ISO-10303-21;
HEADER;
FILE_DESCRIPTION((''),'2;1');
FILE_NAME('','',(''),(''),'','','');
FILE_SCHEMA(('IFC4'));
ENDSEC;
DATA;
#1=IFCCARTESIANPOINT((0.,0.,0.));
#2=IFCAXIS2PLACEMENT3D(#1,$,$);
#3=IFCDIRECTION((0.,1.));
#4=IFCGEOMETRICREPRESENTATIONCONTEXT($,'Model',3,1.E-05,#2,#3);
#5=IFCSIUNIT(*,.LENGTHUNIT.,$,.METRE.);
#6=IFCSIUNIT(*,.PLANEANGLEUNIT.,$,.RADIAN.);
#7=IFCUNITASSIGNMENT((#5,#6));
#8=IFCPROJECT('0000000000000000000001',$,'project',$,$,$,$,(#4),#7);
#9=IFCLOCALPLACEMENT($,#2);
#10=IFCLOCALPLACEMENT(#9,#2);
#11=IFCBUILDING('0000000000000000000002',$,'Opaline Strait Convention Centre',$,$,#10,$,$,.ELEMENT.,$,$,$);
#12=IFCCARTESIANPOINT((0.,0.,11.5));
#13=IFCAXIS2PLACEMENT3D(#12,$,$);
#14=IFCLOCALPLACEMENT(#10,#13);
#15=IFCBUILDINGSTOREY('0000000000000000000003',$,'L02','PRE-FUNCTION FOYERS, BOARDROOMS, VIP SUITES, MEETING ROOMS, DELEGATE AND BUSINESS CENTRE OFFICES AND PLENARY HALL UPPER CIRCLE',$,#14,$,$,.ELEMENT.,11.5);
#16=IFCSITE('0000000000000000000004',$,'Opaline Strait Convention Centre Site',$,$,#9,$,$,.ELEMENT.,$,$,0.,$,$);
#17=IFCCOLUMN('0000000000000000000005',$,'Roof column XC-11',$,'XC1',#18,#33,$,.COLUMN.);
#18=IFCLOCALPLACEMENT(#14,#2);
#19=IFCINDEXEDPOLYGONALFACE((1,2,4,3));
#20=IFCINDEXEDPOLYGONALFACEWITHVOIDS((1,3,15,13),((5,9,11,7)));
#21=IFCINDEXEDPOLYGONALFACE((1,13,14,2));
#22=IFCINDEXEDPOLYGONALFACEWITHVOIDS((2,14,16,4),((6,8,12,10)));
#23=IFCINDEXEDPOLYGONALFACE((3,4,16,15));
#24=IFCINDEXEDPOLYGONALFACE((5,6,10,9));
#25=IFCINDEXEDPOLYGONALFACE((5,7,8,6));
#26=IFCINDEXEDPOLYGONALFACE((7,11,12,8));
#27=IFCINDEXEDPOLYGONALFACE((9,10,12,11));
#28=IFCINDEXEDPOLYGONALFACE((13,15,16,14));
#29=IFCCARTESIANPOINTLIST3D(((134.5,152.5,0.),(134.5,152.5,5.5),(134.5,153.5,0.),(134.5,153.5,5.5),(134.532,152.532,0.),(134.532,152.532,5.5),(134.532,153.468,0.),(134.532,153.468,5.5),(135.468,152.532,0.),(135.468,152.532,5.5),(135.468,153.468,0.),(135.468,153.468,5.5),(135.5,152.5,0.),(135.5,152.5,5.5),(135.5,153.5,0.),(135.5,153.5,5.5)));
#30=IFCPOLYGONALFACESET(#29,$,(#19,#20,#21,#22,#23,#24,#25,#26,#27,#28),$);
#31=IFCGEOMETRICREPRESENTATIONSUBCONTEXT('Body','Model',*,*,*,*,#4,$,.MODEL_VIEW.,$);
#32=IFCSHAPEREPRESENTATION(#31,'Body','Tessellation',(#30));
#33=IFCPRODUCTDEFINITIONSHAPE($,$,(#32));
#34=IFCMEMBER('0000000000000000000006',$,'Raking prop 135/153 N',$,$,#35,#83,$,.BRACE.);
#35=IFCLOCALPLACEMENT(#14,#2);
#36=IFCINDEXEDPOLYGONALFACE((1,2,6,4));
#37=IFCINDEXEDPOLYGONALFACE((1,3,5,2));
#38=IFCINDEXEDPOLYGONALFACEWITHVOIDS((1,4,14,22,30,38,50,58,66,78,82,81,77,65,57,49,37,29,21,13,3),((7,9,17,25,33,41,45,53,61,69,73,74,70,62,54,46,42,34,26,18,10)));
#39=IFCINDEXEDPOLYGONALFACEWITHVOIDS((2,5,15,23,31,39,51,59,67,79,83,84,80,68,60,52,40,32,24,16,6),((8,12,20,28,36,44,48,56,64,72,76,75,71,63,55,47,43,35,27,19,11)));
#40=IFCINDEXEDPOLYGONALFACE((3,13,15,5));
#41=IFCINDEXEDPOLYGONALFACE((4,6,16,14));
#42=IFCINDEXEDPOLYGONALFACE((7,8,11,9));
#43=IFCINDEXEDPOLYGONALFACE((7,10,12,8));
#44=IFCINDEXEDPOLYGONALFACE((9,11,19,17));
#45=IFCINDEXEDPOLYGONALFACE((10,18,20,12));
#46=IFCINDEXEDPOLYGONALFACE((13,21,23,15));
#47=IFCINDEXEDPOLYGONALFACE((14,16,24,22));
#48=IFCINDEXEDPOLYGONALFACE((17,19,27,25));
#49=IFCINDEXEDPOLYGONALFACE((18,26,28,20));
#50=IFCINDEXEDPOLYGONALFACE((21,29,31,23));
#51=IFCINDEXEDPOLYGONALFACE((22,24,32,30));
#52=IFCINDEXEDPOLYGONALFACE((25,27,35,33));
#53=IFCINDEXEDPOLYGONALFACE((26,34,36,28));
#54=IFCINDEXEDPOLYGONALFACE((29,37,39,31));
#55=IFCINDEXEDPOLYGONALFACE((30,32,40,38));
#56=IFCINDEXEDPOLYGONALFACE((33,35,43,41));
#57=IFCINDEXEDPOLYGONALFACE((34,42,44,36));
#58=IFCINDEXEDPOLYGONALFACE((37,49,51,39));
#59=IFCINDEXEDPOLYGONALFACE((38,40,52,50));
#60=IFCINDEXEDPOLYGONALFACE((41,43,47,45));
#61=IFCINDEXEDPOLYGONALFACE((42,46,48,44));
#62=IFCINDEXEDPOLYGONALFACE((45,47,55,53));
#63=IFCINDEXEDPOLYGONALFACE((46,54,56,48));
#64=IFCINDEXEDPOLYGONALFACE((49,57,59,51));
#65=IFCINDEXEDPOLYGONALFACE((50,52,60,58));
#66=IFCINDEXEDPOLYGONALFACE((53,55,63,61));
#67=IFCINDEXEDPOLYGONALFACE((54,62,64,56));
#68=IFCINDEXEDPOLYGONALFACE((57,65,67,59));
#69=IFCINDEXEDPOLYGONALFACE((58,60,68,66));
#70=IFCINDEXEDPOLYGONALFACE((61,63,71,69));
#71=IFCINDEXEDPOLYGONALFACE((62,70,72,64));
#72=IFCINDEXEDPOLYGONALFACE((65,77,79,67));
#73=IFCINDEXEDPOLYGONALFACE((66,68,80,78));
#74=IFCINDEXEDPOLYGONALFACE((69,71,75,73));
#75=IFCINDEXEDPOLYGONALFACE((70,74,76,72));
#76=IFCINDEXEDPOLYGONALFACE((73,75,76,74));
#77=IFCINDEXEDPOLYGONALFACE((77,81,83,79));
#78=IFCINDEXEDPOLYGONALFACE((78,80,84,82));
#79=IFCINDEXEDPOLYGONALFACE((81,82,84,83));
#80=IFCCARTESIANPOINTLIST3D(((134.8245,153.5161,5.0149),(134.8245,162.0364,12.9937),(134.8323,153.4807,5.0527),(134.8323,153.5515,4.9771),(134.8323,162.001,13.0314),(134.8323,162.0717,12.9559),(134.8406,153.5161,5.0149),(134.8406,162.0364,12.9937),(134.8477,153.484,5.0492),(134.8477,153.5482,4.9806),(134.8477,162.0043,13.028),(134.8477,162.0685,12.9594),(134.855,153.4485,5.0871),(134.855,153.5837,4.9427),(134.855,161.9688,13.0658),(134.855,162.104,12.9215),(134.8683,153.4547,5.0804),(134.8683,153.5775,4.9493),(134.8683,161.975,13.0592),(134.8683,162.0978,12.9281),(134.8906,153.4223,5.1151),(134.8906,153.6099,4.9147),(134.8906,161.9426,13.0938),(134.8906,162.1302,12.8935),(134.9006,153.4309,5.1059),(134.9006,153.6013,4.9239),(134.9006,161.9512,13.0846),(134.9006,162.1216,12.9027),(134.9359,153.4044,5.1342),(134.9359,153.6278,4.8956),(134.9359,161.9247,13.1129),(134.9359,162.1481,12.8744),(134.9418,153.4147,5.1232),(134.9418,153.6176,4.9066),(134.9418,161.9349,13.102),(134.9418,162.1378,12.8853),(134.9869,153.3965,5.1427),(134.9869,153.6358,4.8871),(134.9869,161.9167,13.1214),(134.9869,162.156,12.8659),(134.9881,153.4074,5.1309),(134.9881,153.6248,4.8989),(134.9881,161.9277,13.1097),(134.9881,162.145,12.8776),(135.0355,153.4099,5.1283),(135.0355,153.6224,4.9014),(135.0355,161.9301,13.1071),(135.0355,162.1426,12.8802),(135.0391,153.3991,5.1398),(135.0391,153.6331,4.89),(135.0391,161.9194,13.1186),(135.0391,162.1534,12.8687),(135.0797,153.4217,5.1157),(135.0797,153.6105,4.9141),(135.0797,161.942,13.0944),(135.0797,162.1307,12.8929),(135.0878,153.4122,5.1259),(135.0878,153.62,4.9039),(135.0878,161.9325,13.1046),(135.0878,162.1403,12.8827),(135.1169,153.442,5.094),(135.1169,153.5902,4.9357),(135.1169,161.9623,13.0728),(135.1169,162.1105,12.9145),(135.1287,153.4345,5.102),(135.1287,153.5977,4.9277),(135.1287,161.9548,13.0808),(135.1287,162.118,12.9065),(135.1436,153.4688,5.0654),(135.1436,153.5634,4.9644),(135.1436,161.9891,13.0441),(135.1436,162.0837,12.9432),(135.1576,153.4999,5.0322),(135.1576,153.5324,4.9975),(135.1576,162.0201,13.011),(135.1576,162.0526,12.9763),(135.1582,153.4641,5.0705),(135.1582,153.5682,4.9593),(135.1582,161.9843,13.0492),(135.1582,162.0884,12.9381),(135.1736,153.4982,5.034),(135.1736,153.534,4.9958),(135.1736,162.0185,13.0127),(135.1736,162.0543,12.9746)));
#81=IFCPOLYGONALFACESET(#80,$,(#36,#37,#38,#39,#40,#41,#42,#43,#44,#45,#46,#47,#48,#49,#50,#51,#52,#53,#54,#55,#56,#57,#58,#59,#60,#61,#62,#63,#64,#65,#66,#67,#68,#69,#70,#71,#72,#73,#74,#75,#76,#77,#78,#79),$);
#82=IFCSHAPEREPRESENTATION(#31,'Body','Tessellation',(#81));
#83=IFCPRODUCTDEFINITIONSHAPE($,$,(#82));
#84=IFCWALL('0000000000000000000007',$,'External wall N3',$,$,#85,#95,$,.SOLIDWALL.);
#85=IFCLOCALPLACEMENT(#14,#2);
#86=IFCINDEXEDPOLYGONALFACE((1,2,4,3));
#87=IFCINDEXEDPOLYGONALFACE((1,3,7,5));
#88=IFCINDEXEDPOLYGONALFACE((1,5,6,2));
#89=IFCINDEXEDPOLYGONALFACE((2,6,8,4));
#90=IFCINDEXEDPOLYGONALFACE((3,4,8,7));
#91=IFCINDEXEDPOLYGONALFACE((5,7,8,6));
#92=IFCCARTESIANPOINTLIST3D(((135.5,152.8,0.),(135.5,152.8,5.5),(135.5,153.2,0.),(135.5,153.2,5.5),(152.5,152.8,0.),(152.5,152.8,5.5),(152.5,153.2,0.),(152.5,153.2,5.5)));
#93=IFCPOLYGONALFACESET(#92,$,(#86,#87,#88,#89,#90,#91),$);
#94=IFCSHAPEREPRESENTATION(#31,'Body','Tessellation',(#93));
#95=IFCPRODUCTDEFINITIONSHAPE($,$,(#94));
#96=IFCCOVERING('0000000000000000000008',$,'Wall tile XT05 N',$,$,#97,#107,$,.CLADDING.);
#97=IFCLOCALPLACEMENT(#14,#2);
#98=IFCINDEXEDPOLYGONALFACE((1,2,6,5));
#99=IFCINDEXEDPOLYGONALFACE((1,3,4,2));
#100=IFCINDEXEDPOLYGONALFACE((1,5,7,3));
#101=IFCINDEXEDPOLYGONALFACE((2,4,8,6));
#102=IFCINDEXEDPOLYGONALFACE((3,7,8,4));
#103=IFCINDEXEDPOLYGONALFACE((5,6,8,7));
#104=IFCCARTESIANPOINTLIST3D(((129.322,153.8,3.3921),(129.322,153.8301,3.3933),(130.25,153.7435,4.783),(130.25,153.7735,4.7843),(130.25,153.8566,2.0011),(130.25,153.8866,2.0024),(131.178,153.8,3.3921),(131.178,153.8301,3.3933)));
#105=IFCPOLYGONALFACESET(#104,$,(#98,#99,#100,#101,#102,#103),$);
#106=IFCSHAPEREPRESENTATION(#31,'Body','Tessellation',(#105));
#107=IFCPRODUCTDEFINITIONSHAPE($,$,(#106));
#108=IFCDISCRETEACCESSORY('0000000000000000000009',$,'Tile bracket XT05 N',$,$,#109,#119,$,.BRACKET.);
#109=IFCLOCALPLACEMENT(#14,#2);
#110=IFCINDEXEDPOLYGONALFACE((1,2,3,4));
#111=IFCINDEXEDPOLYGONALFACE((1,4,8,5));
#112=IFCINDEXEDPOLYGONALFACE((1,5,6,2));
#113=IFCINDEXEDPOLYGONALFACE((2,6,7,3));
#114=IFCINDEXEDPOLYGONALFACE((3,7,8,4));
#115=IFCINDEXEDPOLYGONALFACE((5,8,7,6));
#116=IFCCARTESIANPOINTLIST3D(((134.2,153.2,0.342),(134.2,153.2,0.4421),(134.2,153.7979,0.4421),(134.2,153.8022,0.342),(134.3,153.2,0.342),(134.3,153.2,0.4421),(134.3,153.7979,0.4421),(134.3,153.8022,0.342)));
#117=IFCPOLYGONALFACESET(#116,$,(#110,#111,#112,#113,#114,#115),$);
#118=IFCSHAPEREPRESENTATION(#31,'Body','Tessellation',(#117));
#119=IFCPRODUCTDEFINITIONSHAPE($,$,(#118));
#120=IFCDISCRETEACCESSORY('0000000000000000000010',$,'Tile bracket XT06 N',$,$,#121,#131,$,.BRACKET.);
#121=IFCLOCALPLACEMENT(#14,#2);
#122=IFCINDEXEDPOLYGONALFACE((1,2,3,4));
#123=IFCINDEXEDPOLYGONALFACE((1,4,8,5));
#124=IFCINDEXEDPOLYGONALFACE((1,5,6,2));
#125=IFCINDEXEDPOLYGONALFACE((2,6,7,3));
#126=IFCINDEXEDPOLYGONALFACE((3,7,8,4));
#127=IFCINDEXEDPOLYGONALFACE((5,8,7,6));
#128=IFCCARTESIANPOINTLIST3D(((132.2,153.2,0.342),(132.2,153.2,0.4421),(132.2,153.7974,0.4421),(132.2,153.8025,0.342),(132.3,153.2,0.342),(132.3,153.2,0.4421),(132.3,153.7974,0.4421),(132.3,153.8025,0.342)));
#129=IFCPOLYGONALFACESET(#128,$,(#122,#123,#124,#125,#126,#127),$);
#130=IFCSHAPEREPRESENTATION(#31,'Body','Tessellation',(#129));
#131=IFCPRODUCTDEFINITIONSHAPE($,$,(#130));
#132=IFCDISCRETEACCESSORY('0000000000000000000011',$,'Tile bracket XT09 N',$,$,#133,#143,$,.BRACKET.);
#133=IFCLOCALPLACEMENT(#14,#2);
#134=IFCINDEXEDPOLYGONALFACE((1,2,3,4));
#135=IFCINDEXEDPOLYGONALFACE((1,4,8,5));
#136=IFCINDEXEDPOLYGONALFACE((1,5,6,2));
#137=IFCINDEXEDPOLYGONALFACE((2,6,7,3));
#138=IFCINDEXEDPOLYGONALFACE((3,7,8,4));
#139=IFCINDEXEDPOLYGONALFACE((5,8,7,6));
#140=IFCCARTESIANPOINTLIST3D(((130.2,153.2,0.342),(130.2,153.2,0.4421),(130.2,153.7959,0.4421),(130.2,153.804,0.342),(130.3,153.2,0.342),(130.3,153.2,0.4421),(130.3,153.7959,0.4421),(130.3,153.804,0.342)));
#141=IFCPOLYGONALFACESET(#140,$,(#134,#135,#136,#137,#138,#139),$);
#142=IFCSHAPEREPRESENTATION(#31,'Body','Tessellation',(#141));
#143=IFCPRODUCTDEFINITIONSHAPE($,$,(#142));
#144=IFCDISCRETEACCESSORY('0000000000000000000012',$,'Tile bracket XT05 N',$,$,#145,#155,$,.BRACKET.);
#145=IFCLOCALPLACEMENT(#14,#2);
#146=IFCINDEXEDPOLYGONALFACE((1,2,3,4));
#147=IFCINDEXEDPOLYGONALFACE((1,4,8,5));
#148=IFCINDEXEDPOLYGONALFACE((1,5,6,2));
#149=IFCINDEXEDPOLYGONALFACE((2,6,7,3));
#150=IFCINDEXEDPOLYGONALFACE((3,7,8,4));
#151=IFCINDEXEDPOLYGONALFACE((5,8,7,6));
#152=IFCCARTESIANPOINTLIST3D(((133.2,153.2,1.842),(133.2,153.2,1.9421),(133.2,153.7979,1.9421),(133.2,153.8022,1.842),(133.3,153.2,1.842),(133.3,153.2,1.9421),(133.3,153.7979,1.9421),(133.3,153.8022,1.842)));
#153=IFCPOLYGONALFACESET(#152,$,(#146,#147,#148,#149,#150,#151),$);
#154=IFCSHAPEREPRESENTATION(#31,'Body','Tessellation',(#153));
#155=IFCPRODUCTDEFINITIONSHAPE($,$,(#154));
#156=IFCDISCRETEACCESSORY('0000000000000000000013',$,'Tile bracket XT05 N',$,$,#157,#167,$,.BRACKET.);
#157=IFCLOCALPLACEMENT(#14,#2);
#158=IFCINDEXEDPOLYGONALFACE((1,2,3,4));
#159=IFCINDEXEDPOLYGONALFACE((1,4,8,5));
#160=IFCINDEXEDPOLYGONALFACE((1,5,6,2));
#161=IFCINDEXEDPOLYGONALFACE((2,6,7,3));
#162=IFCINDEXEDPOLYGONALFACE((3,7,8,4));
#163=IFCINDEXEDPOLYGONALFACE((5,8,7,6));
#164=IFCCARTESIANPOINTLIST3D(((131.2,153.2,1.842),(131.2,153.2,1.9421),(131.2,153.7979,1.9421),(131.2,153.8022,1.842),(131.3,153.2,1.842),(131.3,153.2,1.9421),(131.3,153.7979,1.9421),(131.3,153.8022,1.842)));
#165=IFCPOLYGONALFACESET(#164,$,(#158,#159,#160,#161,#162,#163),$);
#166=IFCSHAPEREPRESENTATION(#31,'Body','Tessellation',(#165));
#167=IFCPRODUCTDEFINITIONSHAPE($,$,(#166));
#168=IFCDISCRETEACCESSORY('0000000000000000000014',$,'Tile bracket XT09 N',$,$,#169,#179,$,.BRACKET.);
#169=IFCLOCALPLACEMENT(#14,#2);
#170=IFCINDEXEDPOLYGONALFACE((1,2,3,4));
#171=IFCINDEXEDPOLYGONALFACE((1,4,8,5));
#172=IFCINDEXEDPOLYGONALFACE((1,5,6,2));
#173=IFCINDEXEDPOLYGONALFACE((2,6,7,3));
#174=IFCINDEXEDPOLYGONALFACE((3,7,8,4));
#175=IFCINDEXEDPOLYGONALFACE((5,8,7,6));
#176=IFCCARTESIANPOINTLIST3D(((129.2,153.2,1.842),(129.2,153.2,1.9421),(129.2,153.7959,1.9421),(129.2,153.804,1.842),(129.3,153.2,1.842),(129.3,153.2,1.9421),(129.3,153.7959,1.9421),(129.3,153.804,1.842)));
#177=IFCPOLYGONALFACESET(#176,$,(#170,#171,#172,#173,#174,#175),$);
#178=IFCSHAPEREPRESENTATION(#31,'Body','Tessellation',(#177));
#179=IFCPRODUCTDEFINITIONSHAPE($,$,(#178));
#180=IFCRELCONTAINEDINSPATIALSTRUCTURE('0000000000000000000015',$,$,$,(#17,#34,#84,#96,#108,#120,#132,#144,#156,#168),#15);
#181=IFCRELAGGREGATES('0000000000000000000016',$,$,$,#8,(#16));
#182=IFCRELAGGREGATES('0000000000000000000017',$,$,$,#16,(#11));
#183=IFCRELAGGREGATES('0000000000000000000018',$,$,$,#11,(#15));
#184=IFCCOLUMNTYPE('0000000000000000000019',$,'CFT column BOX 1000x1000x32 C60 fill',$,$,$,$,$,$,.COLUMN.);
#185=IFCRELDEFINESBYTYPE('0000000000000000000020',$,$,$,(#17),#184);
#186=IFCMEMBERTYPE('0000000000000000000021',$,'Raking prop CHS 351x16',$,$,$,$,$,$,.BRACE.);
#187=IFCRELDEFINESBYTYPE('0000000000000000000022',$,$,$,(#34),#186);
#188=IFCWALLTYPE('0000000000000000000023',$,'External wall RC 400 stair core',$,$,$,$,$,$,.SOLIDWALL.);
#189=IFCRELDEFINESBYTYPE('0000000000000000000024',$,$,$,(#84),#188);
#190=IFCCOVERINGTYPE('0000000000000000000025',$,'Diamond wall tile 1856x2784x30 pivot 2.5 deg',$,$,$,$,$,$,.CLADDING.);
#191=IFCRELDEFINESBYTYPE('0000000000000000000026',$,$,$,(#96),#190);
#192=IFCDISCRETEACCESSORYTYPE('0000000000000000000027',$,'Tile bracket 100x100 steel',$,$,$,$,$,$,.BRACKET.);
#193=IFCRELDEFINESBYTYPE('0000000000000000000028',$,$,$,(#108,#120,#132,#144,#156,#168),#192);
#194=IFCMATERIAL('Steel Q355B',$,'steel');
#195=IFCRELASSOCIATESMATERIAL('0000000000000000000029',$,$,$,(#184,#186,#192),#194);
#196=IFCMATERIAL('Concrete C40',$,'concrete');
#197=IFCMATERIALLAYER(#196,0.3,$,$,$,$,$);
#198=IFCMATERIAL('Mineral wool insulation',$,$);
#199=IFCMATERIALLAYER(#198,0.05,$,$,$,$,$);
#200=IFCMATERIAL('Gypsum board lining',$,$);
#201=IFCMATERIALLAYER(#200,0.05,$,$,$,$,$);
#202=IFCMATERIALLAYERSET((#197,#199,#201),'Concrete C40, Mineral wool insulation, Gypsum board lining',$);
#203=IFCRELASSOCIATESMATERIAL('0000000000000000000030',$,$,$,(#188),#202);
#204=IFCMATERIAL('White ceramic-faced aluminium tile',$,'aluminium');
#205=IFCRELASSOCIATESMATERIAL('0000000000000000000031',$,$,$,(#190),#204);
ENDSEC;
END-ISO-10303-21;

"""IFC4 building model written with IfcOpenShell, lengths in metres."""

from ifc_helpers import new_model, si_unit, direction, frame, frame_2d, origin, origin_2d, place, context, subcontext, project, spatial, polyline, rectangle, hollow_rectangle, hollow_circle, outline, extrude, material, layer, layer_set, material_profile, profile_set, type_object, element, save


model = new_model("IFC4")

# Units and contexts
model_context = context("Model", 3, precision=1e-05, world=origin(), true_north=direction((0.0, 1.0)))
body_context = subcontext(model_context, "Body", "Model", "MODEL_VIEW")
ifc_project = project(units=[si_unit("LENGTHUNIT", "METRE"), si_unit("PLANEANGLEUNIT", "RADIAN")], contexts=[model_context])

# Site, building, storey
site_placement = place(None, origin())
site = spatial("IfcSite", under=ifc_project, at=site_placement, Name="Opaline Strait Convention Centre Site", CompositionType="ELEMENT", RefElevation=0.0)
building_placement = place(site_placement, origin())
building = spatial("IfcBuilding", under=site, at=building_placement, Name="Opaline Strait Convention Centre", CompositionType="ELEMENT")
storey_placement = place(building_placement, frame((0.0, 0.0, 11.5)))
storey = spatial("IfcBuildingStorey", under=building, at=storey_placement, Name="L02", Description="PRE-FUNCTION FOYERS, BOARDROOMS, VIP SUITES, MEETING ROOMS, DELEGATE AND BUSINESS CENTRE OFFICES AND PLENARY HALL UPPER CIRCLE", CompositionType="ELEMENT", Elevation=11.5)

# Column
ifc_material_1 = material(Name="Steel Q355B", Category="steel")
ifc_material_profile_1 = material_profile(ifc_material_1, hollow_rectangle(XDim=1.0, YDim=1.0, WallThickness=0.032, at=origin_2d()), Name="BOX 1000x1000x32")
ifc_profile_set_1 = profile_set([ifc_material_profile_1], Name="Steel Q355B")
column_type = type_object("IfcColumnType", Name="CFT column BOX 1000x1000x32 C60 fill", PredefinedType="COLUMN", material=ifc_profile_set_1)
column_placement = place(storey_placement, frame((135.0, 153.0, 0.0), z_axis=(0.0, 0.0, 1.0), x_axis=(1.0, 0.0, 0.0)))
element("IfcColumn", 1, at=column_placement, inside=storey, type_object=column_type, Name="Roof column XC-11", ObjectType="XC1", PredefinedType="COLUMN", context=body_context, shape_type="SweptSolid", body=[
    extrude(hollow_rectangle(XDim=1.0, YDim=1.0, WallThickness=0.032, at=origin_2d()), origin(), (0.0, 0.0, 1.0), 5.5),
])

# Member
ifc_material_profile_2 = material_profile(ifc_material_1, hollow_circle(Radius=0.1755, WallThickness=0.0161, at=origin_2d()), Name="CHS 351x16")
ifc_profile_set_2 = profile_set([ifc_material_profile_2], Name="Steel Q355B")
member_type = type_object("IfcMemberType", Name="Raking prop CHS 351x16", PredefinedType="BRACE", material=ifc_profile_set_2)
member_placement = place(storey_placement, frame((135.0, 153.5161, 5.0149), z_axis=(0.0, 0.729921, 0.683531), x_axis=(-1.0, 0.0, 0.0)))
element("IfcMember", 2, at=member_placement, inside=storey, type_object=member_type, Name="Raking prop 135/153 N", PredefinedType="BRACE", context=body_context, shape_type="SweptSolid", body=[
    extrude(hollow_circle(Radius=0.1755, WallThickness=0.0161, at=origin_2d()), origin(), (0.0, 0.0, 1.0), 11.6729),
])

# Wall
ifc_material_2 = material(Name="Concrete C40", Category="concrete")
ifc_layer_1 = layer(ifc_material_2, 0.3)
ifc_material_3 = material(Name="Mineral wool insulation")
ifc_layer_2 = layer(ifc_material_3, 0.05)
ifc_material_4 = material(Name="Gypsum board lining")
ifc_layer_3 = layer(ifc_material_4, 0.05)
ifc_layer_set = layer_set([ifc_layer_1, ifc_layer_2, ifc_layer_3], Name="Concrete C40, Mineral wool insulation, Gypsum board lining")
wall_type = type_object("IfcWallType", Name="External wall RC 400 stair core", PredefinedType="SOLIDWALL", material=ifc_layer_set)
wall_placement = place(storey_placement, frame((135.5, 153.0, 0.0), z_axis=(0.0, 0.0, 1.0), x_axis=(1.0, 0.0, 0.0)))
element("IfcWall", 3, at=wall_placement, inside=storey, type_object=wall_type, Name="External wall N3", PredefinedType="SOLIDWALL", context=body_context, shape_type="SweptSolid", body=[
    extrude(rectangle(XDim=17.0, YDim=0.3999, at=frame_2d((8.5, 0.0))), origin(), (0.0, 0.0, 1.0), 5.5),
])

# Covering
ifc_material_5 = material(Name="White ceramic-faced aluminium tile", Category="aluminium")
ifc_material_profile_3 = material_profile(ifc_material_5, outline(polyline([(0.928, 0.0), (0.0, 1.3921), (-0.928, 0.0), (0.0, -1.3921), (0.928, 0.0)])), Name="Diamond tile 1856x2784")
ifc_profile_set_3 = profile_set([ifc_material_profile_3], Name="White ceramic-faced aluminium tile")
covering_type = type_object("IfcCoveringType", Name="Diamond wall tile 1856x2784x30 pivot 2.5 deg", PredefinedType="CLADDING", material=ifc_profile_set_3)
covering_placement = place(storey_placement, frame((130.25, 153.8, 3.3921), z_axis=(0.0, 0.999175, 0.040617), x_axis=(-1.0, 0.0, 0.0)))
element("IfcCovering", 4, at=covering_placement, inside=storey, type_object=covering_type, Name="Wall tile XT05 N", PredefinedType="CLADDING", context=body_context, shape_type="SweptSolid", body=[
    extrude(outline(polyline([(0.928, 0.0), (0.0, 1.3921), (-0.928, 0.0), (0.0, -1.3921), (0.928, 0.0)])), origin(), (0.0, 0.0, 1.0), 0.03),
])

# Discrete accessories
discrete_accessory_type = type_object("IfcDiscreteAccessoryType", Name="Tile bracket 100x100 steel", PredefinedType="BRACKET", material=ifc_material_1)
discrete_accessory_1_placement = place(storey_placement, frame((134.3, 153.2, 0.3921), z_axis=(-1.0, 0.0, 0.0), x_axis=(0.0, -1.0, 0.0)))
element("IfcDiscreteAccessory", 5, at=discrete_accessory_1_placement, inside=storey, type_object=discrete_accessory_type, Name="Tile bracket XT05 N", PredefinedType="BRACKET", context=body_context, shape_type="SweptSolid", body=[
    extrude(outline(polyline([(0.0, -0.05), (0.0, 0.05), (-0.5979, 0.05), (-0.6023, -0.05), (0.0, -0.05)])), origin(), (0.0, 0.0, 1.0), 0.1001),
])
discrete_accessory_2_placement = place(storey_placement, frame((132.3, 153.2, 0.3921), z_axis=(-1.0, 0.0, 0.0), x_axis=(0.0, -1.0, 0.0)))
element("IfcDiscreteAccessory", 6, at=discrete_accessory_2_placement, inside=storey, type_object=discrete_accessory_type, Name="Tile bracket XT06 N", PredefinedType="BRACKET", context=body_context, shape_type="SweptSolid", body=[
    extrude(outline(polyline([(0.0, -0.05), (0.0, 0.05), (-0.5974, 0.05), (-0.6025, -0.05), (0.0, -0.05)])), origin(), (0.0, 0.0, 1.0), 0.1001),
])
discrete_accessory_3_placement = place(storey_placement, frame((130.3, 153.2, 0.3921), z_axis=(-1.0, 0.0, 0.0), x_axis=(0.0, -1.0, 0.0)))
element("IfcDiscreteAccessory", 7, at=discrete_accessory_3_placement, inside=storey, type_object=discrete_accessory_type, Name="Tile bracket XT09 N", PredefinedType="BRACKET", context=body_context, shape_type="SweptSolid", body=[
    extrude(outline(polyline([(0.0, -0.05), (0.0, 0.05), (-0.5959, 0.05), (-0.604, -0.05), (0.0, -0.05)])), origin(), (0.0, 0.0, 1.0), 0.1001),
])
for number, where, z_axis, x_axis, name in (
    (8, (133.3, 153.2, 1.8921), (-1.0, 0.0, 0.0), (0.0, -1.0, 0.0), "Tile bracket XT05 N"),
    (9, (131.3, 153.2, 1.8921), (-1.0, 0.0, 0.0), (0.0, -1.0, 0.0), "Tile bracket XT05 N"),
):
    element("IfcDiscreteAccessory", number, at=place(storey_placement, frame(where, z_axis=z_axis, x_axis=x_axis)), inside=storey, type_object=discrete_accessory_type, Name=name, PredefinedType="BRACKET", context=body_context, shape_type="SweptSolid", body=[
        extrude(outline(polyline([(0.0, -0.05), (0.0, 0.05), (-0.5979, 0.05), (-0.6023, -0.05), (0.0, -0.05)])), origin(), (0.0, 0.0, 1.0), 0.1001),
    ])
discrete_accessory_4_placement = place(storey_placement, frame((129.3, 153.2, 1.8921), z_axis=(-1.0, 0.0, 0.0), x_axis=(0.0, -1.0, 0.0)))
element("IfcDiscreteAccessory", 10, at=discrete_accessory_4_placement, inside=storey, type_object=discrete_accessory_type, Name="Tile bracket XT09 N", PredefinedType="BRACKET", context=body_context, shape_type="SweptSolid", body=[
    extrude(outline(polyline([(0.0, -0.05), (0.0, 0.05), (-0.5959, 0.05), (-0.604, -0.05), (0.0, -0.05)])), origin(), (0.0, 0.0, 1.0), 0.1001),
])

save(model, "model.ifc")
